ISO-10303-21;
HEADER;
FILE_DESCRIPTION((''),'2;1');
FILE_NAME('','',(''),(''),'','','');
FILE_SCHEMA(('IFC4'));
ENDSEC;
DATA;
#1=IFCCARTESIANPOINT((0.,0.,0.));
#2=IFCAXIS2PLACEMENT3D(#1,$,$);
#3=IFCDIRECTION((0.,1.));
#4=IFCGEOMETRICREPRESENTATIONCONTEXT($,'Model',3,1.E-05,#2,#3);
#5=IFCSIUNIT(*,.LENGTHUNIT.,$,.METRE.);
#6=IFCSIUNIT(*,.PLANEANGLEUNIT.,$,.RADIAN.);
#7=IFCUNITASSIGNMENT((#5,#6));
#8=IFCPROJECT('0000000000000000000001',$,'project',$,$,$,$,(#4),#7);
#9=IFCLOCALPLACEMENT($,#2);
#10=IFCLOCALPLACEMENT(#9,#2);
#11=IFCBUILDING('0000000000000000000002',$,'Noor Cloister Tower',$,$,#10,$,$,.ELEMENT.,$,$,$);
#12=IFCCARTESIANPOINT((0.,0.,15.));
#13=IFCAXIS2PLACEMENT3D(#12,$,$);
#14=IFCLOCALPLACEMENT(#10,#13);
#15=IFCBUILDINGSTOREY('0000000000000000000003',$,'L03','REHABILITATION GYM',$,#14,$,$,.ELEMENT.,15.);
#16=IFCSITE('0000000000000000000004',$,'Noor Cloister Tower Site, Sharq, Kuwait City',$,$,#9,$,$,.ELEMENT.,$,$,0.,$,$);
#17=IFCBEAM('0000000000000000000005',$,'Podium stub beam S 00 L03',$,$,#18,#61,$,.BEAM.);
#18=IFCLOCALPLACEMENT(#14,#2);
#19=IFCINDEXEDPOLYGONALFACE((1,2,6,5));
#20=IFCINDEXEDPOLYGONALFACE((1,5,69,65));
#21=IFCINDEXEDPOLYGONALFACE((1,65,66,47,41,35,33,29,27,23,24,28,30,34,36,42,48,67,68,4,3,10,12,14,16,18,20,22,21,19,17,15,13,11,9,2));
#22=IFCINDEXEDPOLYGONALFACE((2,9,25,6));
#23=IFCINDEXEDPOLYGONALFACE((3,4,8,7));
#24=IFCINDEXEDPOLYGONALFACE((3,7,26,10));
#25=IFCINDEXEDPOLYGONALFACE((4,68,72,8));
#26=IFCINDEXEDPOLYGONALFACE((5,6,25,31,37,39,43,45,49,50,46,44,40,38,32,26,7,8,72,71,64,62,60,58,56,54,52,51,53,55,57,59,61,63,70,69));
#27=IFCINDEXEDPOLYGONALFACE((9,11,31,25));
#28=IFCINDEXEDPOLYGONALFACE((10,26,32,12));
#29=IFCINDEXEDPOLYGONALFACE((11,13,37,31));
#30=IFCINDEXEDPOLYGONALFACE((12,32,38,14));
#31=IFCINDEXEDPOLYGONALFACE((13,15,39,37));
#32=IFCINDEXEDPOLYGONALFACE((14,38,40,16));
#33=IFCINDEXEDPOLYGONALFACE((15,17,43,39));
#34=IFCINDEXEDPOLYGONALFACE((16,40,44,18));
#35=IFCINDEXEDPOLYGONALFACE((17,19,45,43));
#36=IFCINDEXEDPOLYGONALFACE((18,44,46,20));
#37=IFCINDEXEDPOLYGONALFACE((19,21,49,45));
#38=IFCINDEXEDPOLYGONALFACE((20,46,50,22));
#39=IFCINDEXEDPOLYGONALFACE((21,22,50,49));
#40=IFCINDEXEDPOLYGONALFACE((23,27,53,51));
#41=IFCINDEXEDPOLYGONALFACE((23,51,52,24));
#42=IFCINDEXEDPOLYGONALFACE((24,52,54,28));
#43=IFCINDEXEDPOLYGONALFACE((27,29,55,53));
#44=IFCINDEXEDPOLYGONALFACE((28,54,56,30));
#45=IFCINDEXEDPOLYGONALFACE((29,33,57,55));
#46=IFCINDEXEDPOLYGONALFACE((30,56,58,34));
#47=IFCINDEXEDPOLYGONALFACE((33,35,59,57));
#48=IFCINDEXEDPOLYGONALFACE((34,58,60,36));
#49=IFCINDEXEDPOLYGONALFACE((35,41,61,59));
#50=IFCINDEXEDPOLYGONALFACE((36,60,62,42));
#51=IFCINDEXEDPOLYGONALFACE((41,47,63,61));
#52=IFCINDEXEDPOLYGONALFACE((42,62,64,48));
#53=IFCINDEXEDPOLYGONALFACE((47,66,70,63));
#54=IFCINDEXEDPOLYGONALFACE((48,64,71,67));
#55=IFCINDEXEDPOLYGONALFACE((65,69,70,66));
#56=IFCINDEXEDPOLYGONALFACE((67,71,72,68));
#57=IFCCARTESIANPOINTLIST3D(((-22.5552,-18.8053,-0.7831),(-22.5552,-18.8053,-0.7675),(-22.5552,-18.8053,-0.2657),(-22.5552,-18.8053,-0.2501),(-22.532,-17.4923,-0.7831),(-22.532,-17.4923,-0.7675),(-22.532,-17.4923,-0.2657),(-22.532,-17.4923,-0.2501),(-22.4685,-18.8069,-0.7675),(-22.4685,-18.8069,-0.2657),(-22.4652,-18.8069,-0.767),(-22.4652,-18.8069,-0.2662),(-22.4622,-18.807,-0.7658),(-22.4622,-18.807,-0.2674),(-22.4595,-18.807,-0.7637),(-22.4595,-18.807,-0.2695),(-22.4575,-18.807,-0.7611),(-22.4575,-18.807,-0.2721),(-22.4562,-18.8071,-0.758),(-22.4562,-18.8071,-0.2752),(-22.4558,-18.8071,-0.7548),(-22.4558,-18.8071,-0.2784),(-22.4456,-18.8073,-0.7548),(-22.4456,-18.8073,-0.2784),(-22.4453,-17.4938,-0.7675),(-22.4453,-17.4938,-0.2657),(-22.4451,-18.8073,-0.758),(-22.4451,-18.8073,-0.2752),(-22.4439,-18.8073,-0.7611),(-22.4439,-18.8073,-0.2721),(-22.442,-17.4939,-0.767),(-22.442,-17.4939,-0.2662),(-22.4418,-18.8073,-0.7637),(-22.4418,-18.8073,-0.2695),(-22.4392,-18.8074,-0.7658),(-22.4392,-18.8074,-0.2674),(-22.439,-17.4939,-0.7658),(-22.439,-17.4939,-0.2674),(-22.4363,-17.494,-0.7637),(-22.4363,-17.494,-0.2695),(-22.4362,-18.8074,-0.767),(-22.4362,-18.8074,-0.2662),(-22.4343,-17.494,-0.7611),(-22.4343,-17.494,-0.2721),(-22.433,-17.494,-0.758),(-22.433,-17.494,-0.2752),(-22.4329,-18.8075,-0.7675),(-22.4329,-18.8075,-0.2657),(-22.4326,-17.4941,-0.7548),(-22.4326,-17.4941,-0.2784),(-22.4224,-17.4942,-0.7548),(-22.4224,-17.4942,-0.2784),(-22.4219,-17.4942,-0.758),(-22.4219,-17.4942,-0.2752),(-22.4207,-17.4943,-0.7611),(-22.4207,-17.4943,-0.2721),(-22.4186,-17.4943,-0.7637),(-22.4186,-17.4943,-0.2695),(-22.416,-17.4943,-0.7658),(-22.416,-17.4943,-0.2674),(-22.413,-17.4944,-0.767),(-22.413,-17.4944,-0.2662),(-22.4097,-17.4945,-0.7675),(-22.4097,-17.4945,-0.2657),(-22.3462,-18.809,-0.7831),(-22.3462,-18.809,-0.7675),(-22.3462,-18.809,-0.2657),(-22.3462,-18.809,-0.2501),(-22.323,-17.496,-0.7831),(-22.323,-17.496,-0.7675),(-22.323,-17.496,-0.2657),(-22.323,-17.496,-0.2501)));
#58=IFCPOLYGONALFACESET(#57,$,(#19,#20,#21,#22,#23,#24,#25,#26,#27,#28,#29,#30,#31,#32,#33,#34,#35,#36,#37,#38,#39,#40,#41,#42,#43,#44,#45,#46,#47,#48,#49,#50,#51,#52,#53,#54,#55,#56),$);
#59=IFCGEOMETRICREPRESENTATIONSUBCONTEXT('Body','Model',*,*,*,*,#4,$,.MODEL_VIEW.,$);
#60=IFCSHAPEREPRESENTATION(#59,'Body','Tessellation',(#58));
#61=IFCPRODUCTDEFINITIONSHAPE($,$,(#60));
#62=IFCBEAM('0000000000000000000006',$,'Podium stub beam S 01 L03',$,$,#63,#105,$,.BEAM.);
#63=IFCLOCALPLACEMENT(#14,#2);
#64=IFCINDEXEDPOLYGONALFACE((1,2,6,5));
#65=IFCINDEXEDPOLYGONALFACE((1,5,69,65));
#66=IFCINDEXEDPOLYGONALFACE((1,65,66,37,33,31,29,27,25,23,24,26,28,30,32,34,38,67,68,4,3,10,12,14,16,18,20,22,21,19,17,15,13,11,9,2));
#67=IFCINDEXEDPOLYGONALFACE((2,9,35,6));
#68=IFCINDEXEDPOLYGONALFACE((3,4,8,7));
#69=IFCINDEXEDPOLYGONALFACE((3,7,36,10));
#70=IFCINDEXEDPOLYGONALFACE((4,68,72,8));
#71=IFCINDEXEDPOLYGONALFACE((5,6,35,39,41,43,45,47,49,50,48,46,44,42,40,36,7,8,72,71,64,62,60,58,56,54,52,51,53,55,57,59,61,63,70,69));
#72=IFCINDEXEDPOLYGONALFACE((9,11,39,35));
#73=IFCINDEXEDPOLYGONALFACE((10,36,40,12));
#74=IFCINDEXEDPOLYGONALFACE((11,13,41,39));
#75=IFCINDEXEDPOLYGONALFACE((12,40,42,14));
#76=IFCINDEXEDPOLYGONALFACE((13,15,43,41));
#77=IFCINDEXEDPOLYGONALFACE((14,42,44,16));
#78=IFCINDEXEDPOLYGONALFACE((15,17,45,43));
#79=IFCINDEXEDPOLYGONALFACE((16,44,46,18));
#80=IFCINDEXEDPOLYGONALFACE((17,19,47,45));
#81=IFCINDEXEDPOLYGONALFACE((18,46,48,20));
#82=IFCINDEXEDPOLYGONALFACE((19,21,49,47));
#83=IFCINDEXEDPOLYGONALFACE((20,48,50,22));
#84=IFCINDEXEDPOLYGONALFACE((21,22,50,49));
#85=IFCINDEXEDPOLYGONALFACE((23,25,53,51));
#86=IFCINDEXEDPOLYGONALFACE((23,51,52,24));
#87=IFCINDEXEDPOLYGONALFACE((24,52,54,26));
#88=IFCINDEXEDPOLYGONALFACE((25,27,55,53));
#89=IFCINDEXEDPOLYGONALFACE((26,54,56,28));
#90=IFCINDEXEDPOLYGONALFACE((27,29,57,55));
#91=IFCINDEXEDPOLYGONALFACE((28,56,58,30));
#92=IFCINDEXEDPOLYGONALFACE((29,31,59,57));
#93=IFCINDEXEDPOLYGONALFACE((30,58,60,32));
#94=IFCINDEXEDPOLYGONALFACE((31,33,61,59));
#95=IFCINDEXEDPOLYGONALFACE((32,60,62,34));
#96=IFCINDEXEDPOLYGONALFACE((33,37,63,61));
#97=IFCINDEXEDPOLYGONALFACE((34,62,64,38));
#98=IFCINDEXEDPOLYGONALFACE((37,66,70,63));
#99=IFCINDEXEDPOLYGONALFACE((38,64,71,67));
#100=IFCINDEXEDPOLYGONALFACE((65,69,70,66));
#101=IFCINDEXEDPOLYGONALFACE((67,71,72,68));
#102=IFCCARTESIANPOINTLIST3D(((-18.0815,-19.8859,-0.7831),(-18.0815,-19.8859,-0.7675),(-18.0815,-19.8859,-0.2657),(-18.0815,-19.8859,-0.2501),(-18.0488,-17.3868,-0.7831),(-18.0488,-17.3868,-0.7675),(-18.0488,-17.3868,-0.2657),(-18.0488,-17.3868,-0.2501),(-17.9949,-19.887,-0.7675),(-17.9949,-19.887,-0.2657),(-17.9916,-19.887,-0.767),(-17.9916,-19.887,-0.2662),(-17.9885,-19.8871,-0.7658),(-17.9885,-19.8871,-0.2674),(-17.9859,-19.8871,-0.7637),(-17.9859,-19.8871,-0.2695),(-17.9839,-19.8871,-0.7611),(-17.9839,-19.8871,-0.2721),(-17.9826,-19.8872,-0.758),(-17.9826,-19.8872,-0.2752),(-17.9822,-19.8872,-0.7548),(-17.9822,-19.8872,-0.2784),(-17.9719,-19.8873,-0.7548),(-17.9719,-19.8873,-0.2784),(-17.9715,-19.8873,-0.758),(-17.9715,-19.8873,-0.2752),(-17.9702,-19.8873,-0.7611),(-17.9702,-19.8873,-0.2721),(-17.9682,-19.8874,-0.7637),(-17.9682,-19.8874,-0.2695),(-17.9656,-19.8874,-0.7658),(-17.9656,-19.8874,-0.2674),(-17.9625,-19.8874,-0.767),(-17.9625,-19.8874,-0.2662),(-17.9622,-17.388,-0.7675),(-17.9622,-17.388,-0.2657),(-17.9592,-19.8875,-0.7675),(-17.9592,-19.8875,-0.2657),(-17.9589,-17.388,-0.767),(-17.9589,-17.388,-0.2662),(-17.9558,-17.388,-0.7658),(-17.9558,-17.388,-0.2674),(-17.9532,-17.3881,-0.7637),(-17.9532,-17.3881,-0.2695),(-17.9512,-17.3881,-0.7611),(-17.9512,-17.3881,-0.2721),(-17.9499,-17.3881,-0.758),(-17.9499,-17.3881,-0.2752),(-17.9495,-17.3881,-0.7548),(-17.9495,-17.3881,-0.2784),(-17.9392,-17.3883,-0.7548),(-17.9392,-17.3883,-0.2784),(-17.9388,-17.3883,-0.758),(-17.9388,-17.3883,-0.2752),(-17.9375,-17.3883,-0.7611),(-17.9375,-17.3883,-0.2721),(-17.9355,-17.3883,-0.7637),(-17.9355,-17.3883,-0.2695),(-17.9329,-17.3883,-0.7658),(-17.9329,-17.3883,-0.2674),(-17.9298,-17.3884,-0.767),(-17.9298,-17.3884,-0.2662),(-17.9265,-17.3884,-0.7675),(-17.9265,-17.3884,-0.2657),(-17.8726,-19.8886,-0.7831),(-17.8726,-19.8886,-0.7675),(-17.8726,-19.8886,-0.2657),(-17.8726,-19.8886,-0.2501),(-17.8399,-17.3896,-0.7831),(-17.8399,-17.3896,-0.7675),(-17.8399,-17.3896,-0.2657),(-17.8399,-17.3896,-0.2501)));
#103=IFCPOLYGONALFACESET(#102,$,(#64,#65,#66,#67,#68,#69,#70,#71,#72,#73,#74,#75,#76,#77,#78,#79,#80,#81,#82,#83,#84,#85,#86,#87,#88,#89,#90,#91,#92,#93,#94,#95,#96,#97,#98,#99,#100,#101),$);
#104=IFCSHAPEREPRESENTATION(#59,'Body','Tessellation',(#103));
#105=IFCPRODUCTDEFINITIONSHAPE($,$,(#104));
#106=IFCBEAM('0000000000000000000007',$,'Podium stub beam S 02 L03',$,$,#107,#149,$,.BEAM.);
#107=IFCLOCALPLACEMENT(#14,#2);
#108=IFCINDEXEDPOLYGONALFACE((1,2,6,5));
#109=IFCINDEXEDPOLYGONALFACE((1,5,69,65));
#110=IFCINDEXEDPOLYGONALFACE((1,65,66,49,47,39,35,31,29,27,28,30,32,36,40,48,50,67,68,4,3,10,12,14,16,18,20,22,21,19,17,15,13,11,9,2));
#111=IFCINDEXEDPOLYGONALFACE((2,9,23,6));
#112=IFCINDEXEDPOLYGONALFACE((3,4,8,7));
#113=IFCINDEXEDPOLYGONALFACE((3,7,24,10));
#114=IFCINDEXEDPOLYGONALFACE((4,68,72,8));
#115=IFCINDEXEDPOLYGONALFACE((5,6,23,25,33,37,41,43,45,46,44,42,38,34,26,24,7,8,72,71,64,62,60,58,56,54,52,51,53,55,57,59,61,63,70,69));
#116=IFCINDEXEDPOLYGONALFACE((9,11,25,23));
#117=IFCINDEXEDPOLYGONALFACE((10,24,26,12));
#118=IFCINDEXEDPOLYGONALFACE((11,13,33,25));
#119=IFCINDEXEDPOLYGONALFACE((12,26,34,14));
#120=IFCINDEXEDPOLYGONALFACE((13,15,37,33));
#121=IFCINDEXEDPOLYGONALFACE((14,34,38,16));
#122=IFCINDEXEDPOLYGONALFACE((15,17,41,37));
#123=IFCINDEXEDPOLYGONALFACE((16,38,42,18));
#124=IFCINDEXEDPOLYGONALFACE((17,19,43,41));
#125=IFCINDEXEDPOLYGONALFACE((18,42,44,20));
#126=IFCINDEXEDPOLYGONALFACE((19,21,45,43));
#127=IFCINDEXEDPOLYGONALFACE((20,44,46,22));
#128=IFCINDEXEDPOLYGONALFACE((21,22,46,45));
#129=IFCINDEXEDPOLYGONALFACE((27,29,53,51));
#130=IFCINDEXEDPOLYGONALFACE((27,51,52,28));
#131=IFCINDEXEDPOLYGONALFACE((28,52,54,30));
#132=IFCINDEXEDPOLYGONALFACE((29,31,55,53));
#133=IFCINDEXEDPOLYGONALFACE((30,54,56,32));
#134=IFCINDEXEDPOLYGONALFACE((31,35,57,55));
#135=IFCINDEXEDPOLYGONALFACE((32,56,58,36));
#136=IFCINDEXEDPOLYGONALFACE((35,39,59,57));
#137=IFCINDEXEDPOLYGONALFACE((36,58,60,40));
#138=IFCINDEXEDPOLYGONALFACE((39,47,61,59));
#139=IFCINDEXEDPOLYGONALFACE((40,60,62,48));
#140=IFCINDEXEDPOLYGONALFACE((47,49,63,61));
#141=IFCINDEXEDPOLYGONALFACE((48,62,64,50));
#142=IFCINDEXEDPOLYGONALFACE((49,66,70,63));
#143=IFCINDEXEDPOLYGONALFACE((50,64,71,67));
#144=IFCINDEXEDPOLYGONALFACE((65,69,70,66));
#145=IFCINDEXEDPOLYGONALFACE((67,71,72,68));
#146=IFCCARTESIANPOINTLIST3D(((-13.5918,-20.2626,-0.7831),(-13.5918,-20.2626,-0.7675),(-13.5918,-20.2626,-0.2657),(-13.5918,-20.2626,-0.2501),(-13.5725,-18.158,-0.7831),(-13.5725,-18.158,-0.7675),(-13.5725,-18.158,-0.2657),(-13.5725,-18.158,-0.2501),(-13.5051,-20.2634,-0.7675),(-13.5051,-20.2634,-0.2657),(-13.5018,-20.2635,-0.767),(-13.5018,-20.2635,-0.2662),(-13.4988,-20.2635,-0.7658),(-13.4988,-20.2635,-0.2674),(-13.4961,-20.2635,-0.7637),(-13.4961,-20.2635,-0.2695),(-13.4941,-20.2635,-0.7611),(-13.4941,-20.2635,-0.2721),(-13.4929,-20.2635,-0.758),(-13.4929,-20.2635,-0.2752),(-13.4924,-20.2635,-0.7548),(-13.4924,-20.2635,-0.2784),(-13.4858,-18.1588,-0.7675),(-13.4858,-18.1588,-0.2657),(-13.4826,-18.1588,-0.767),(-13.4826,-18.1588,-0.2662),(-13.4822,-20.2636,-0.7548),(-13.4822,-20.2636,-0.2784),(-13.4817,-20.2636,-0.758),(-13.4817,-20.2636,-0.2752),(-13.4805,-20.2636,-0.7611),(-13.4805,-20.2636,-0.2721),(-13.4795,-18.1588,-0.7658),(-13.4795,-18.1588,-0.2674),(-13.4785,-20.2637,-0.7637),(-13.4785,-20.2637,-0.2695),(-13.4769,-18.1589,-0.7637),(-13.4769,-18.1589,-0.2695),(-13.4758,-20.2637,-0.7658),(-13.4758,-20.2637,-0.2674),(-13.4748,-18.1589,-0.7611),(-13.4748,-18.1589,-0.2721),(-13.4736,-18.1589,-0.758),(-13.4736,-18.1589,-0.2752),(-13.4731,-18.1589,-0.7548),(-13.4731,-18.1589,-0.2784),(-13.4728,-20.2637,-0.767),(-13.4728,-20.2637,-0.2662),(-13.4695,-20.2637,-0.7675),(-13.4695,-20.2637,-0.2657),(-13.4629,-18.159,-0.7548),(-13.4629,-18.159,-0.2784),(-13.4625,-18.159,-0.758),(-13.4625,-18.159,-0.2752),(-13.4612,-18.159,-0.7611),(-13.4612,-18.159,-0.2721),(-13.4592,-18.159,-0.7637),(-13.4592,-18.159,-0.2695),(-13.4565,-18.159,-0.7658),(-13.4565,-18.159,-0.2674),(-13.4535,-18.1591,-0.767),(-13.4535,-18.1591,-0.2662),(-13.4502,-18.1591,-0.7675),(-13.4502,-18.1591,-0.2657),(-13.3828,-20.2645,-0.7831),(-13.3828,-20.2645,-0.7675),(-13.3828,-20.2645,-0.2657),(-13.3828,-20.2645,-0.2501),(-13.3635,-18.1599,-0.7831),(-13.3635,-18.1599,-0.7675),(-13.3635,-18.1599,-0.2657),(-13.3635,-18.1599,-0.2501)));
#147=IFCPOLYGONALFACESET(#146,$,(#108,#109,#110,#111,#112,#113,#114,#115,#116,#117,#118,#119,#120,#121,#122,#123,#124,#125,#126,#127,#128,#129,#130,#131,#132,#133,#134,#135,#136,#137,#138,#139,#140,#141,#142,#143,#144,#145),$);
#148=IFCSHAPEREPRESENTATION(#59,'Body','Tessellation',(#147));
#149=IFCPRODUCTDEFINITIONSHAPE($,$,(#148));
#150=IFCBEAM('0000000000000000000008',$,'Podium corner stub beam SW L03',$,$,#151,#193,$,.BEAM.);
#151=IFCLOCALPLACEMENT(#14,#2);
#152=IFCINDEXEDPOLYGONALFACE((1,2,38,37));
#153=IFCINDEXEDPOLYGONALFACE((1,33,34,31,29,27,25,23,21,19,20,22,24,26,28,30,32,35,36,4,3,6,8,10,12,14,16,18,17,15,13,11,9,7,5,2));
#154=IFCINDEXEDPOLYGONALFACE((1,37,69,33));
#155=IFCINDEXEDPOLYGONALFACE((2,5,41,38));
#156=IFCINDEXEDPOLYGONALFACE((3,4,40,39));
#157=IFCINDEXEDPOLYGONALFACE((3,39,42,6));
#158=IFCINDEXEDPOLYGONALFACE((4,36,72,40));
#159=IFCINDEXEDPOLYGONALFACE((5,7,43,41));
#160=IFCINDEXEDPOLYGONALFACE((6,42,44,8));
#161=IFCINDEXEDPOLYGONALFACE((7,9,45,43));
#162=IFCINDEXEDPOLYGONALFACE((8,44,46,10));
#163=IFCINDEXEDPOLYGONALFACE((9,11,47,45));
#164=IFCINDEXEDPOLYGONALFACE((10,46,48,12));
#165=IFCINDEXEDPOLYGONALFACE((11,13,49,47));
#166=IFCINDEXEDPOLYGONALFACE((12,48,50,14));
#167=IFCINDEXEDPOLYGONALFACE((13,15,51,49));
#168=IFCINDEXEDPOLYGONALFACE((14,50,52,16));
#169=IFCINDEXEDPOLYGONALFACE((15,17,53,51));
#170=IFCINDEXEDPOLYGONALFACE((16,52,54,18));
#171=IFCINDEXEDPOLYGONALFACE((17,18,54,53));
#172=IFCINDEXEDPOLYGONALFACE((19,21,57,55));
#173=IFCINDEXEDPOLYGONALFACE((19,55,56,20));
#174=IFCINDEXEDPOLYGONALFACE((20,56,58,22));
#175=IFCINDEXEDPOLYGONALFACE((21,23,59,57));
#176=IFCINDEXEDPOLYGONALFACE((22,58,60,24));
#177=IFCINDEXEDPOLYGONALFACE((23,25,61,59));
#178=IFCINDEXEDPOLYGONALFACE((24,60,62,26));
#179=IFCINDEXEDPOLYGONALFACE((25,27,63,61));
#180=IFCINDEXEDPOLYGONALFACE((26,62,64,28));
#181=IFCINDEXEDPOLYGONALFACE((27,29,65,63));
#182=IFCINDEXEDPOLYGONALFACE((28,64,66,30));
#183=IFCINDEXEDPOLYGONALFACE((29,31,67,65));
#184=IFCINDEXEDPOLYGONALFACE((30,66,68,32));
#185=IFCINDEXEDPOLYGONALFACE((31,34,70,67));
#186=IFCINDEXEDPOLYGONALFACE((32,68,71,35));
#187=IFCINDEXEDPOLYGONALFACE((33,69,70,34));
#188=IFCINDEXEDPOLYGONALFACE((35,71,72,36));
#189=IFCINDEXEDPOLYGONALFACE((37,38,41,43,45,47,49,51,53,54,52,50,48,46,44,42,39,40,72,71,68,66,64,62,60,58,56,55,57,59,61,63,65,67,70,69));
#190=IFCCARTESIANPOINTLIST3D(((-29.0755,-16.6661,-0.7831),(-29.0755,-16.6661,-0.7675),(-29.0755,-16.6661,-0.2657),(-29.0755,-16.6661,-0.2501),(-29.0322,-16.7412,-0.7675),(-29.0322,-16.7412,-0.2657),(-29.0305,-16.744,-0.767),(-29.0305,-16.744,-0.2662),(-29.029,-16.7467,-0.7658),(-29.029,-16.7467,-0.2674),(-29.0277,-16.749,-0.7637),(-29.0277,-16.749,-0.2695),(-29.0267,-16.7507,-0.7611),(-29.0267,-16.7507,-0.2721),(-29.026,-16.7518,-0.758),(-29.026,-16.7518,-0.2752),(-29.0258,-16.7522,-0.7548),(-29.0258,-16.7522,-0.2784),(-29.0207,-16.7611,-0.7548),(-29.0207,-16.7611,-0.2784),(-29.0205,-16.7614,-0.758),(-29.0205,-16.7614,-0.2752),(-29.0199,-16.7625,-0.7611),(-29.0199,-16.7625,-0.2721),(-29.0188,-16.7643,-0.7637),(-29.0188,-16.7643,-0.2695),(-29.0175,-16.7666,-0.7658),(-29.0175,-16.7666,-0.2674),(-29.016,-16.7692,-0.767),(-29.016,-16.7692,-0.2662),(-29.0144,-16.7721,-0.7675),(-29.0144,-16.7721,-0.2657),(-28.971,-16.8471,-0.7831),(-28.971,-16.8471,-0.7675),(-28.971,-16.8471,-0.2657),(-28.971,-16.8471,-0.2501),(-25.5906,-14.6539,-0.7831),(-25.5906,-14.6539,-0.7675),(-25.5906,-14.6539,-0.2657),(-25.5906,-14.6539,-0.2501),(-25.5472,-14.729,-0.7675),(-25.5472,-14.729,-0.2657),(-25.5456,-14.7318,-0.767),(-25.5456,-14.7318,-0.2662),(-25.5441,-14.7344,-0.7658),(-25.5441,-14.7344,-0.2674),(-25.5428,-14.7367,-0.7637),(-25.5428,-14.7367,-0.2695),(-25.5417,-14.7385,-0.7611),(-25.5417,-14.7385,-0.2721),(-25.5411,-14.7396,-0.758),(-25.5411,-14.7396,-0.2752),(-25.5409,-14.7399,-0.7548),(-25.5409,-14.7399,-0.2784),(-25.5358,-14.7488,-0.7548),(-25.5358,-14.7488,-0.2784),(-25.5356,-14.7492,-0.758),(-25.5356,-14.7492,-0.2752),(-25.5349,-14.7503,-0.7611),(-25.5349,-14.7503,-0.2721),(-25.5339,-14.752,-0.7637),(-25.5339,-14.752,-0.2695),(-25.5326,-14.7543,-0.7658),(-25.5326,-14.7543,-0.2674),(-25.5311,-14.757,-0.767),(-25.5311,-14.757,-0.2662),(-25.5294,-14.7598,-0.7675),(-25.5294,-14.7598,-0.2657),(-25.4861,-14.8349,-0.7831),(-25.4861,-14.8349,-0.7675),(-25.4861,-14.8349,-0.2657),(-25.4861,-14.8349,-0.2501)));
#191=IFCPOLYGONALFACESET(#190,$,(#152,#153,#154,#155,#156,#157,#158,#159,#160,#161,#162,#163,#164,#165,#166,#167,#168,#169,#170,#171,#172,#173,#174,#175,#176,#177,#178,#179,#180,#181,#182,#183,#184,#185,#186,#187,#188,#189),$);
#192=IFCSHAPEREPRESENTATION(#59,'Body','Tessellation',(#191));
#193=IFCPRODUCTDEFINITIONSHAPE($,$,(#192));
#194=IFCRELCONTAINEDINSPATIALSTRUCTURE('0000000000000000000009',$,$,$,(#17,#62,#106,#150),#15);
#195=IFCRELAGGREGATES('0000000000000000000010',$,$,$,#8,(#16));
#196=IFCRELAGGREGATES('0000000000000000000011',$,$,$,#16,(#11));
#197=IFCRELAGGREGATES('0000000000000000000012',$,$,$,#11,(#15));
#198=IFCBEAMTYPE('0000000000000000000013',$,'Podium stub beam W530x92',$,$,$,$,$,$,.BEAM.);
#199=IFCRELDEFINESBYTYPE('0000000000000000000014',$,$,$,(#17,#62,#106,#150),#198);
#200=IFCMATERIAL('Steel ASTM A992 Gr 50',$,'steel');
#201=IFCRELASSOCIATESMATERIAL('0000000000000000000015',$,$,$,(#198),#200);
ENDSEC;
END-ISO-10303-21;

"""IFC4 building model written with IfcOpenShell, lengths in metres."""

from ifc_helpers import new_model, si_unit, direction, frame, origin, origin_2d, place, context, subcontext, project, spatial, i_section, extrude, material, material_profile, profile_set, type_object, element, save


model = new_model("IFC4")

# Units and contexts
model_context = context("Model", 3, precision=1e-05, world=origin(), true_north=direction((0.0, 1.0)))
body_context = subcontext(model_context, "Body", "Model", "MODEL_VIEW")
ifc_project = project(units=[si_unit("LENGTHUNIT", "METRE"), si_unit("PLANEANGLEUNIT", "RADIAN")], contexts=[model_context])

# Site, building, storey
site_placement = place(None, origin())
site = spatial("IfcSite", under=ifc_project, at=site_placement, Name="Noor Cloister Tower Site, Sharq, Kuwait City", CompositionType="ELEMENT", RefElevation=0.0)
building_placement = place(site_placement, origin())
building = spatial("IfcBuilding", under=site, at=building_placement, Name="Noor Cloister Tower", CompositionType="ELEMENT")
storey_placement = place(building_placement, frame((0.0, 0.0, 15.0)))
storey = spatial("IfcBuildingStorey", under=building, at=storey_placement, Name="L03", Description="REHABILITATION GYM", CompositionType="ELEMENT", Elevation=15.0)

# Beams
ifc_material_1 = material(Name="Steel ASTM A992 Gr 50", Category="steel")
ifc_material_profile_1 = material_profile(ifc_material_1, i_section(OverallWidth=0.209, OverallDepth=0.533, WebThickness=0.0103, FlangeThickness=0.0156, FilletRadius=0.0127, at=origin_2d()), Name="W530x92")
ifc_profile_set_1 = profile_set([ifc_material_profile_1], Name="Steel ASTM A992 Gr 50")
beam_type_1 = type_object("IfcBeamType", Name="Podium stub beam W530x92", PredefinedType="BEAM", material=ifc_profile_set_1)
beam_1_placement = place(storey_placement, frame((-22.4275, -17.4941, -0.5166), z_axis=(-0.017662, -0.999844, 0.0), x_axis=(0.999844, -0.017662, 0.0)))
element("IfcBeam", 1, at=beam_1_placement, inside=storey, type_object=beam_type_1, Name="Podium stub beam S 00 L03", PredefinedType="BEAM", context=body_context, shape_type="SweptSolid", body=[
    extrude(i_section(OverallWidth=0.209, OverallDepth=0.533, WebThickness=0.0103, FlangeThickness=0.0156, FilletRadius=0.0127, at=origin_2d()), origin(), (0.0, 0.0, 1.0), 1.3132),
])
beam_2_placement = place(storey_placement, frame((-17.9443, -17.3882, -0.5166), z_axis=(-0.01309, -0.999914, 0.0), x_axis=(0.999914, -0.01309, 0.0)))
element("IfcBeam", 2, at=beam_2_placement, inside=storey, type_object=beam_type_1, Name="Podium stub beam S 01 L03", PredefinedType="BEAM", context=body_context, shape_type="SweptSolid", body=[
    extrude(i_section(OverallWidth=0.209, OverallDepth=0.533, WebThickness=0.0103, FlangeThickness=0.0156, FilletRadius=0.0127, at=origin_2d()), origin(), (0.0, 0.0, 1.0), 2.4993),
])
beam_3_placement = place(storey_placement, frame((-13.468, -18.1589, -0.5166), z_axis=(-0.009163, -0.999958, 0.0), x_axis=(0.999958, -0.009163, 0.0)))
element("IfcBeam", 3, at=beam_3_placement, inside=storey, type_object=beam_type_1, Name="Podium stub beam S 02 L03", PredefinedType="BEAM", context=body_context, shape_type="SweptSolid", body=[
    extrude(i_section(OverallWidth=0.209, OverallDepth=0.533, WebThickness=0.0103, FlangeThickness=0.0156, FilletRadius=0.0127, at=origin_2d()), origin(), (0.0, 0.0, 1.0), 2.1047),
])
beam_4_placement = place(storey_placement, frame((-25.5383, -14.7444, -0.5166), z_axis=(-0.866002, -0.500041, 0.0), x_axis=(0.500041, -0.866002, 0.0)))
element("IfcBeam", 4, at=beam_4_placement, inside=storey, type_object=beam_type_1, Name="Podium corner stub beam SW L03", PredefinedType="BEAM", context=body_context, shape_type="SweptSolid", body=[
    extrude(i_section(OverallWidth=0.209, OverallDepth=0.533, WebThickness=0.0103, FlangeThickness=0.0156, FilletRadius=0.0127, at=origin_2d()), origin(), (0.0, 0.0, 1.0), 4.0242),
])

save(model, "model.ifc")
